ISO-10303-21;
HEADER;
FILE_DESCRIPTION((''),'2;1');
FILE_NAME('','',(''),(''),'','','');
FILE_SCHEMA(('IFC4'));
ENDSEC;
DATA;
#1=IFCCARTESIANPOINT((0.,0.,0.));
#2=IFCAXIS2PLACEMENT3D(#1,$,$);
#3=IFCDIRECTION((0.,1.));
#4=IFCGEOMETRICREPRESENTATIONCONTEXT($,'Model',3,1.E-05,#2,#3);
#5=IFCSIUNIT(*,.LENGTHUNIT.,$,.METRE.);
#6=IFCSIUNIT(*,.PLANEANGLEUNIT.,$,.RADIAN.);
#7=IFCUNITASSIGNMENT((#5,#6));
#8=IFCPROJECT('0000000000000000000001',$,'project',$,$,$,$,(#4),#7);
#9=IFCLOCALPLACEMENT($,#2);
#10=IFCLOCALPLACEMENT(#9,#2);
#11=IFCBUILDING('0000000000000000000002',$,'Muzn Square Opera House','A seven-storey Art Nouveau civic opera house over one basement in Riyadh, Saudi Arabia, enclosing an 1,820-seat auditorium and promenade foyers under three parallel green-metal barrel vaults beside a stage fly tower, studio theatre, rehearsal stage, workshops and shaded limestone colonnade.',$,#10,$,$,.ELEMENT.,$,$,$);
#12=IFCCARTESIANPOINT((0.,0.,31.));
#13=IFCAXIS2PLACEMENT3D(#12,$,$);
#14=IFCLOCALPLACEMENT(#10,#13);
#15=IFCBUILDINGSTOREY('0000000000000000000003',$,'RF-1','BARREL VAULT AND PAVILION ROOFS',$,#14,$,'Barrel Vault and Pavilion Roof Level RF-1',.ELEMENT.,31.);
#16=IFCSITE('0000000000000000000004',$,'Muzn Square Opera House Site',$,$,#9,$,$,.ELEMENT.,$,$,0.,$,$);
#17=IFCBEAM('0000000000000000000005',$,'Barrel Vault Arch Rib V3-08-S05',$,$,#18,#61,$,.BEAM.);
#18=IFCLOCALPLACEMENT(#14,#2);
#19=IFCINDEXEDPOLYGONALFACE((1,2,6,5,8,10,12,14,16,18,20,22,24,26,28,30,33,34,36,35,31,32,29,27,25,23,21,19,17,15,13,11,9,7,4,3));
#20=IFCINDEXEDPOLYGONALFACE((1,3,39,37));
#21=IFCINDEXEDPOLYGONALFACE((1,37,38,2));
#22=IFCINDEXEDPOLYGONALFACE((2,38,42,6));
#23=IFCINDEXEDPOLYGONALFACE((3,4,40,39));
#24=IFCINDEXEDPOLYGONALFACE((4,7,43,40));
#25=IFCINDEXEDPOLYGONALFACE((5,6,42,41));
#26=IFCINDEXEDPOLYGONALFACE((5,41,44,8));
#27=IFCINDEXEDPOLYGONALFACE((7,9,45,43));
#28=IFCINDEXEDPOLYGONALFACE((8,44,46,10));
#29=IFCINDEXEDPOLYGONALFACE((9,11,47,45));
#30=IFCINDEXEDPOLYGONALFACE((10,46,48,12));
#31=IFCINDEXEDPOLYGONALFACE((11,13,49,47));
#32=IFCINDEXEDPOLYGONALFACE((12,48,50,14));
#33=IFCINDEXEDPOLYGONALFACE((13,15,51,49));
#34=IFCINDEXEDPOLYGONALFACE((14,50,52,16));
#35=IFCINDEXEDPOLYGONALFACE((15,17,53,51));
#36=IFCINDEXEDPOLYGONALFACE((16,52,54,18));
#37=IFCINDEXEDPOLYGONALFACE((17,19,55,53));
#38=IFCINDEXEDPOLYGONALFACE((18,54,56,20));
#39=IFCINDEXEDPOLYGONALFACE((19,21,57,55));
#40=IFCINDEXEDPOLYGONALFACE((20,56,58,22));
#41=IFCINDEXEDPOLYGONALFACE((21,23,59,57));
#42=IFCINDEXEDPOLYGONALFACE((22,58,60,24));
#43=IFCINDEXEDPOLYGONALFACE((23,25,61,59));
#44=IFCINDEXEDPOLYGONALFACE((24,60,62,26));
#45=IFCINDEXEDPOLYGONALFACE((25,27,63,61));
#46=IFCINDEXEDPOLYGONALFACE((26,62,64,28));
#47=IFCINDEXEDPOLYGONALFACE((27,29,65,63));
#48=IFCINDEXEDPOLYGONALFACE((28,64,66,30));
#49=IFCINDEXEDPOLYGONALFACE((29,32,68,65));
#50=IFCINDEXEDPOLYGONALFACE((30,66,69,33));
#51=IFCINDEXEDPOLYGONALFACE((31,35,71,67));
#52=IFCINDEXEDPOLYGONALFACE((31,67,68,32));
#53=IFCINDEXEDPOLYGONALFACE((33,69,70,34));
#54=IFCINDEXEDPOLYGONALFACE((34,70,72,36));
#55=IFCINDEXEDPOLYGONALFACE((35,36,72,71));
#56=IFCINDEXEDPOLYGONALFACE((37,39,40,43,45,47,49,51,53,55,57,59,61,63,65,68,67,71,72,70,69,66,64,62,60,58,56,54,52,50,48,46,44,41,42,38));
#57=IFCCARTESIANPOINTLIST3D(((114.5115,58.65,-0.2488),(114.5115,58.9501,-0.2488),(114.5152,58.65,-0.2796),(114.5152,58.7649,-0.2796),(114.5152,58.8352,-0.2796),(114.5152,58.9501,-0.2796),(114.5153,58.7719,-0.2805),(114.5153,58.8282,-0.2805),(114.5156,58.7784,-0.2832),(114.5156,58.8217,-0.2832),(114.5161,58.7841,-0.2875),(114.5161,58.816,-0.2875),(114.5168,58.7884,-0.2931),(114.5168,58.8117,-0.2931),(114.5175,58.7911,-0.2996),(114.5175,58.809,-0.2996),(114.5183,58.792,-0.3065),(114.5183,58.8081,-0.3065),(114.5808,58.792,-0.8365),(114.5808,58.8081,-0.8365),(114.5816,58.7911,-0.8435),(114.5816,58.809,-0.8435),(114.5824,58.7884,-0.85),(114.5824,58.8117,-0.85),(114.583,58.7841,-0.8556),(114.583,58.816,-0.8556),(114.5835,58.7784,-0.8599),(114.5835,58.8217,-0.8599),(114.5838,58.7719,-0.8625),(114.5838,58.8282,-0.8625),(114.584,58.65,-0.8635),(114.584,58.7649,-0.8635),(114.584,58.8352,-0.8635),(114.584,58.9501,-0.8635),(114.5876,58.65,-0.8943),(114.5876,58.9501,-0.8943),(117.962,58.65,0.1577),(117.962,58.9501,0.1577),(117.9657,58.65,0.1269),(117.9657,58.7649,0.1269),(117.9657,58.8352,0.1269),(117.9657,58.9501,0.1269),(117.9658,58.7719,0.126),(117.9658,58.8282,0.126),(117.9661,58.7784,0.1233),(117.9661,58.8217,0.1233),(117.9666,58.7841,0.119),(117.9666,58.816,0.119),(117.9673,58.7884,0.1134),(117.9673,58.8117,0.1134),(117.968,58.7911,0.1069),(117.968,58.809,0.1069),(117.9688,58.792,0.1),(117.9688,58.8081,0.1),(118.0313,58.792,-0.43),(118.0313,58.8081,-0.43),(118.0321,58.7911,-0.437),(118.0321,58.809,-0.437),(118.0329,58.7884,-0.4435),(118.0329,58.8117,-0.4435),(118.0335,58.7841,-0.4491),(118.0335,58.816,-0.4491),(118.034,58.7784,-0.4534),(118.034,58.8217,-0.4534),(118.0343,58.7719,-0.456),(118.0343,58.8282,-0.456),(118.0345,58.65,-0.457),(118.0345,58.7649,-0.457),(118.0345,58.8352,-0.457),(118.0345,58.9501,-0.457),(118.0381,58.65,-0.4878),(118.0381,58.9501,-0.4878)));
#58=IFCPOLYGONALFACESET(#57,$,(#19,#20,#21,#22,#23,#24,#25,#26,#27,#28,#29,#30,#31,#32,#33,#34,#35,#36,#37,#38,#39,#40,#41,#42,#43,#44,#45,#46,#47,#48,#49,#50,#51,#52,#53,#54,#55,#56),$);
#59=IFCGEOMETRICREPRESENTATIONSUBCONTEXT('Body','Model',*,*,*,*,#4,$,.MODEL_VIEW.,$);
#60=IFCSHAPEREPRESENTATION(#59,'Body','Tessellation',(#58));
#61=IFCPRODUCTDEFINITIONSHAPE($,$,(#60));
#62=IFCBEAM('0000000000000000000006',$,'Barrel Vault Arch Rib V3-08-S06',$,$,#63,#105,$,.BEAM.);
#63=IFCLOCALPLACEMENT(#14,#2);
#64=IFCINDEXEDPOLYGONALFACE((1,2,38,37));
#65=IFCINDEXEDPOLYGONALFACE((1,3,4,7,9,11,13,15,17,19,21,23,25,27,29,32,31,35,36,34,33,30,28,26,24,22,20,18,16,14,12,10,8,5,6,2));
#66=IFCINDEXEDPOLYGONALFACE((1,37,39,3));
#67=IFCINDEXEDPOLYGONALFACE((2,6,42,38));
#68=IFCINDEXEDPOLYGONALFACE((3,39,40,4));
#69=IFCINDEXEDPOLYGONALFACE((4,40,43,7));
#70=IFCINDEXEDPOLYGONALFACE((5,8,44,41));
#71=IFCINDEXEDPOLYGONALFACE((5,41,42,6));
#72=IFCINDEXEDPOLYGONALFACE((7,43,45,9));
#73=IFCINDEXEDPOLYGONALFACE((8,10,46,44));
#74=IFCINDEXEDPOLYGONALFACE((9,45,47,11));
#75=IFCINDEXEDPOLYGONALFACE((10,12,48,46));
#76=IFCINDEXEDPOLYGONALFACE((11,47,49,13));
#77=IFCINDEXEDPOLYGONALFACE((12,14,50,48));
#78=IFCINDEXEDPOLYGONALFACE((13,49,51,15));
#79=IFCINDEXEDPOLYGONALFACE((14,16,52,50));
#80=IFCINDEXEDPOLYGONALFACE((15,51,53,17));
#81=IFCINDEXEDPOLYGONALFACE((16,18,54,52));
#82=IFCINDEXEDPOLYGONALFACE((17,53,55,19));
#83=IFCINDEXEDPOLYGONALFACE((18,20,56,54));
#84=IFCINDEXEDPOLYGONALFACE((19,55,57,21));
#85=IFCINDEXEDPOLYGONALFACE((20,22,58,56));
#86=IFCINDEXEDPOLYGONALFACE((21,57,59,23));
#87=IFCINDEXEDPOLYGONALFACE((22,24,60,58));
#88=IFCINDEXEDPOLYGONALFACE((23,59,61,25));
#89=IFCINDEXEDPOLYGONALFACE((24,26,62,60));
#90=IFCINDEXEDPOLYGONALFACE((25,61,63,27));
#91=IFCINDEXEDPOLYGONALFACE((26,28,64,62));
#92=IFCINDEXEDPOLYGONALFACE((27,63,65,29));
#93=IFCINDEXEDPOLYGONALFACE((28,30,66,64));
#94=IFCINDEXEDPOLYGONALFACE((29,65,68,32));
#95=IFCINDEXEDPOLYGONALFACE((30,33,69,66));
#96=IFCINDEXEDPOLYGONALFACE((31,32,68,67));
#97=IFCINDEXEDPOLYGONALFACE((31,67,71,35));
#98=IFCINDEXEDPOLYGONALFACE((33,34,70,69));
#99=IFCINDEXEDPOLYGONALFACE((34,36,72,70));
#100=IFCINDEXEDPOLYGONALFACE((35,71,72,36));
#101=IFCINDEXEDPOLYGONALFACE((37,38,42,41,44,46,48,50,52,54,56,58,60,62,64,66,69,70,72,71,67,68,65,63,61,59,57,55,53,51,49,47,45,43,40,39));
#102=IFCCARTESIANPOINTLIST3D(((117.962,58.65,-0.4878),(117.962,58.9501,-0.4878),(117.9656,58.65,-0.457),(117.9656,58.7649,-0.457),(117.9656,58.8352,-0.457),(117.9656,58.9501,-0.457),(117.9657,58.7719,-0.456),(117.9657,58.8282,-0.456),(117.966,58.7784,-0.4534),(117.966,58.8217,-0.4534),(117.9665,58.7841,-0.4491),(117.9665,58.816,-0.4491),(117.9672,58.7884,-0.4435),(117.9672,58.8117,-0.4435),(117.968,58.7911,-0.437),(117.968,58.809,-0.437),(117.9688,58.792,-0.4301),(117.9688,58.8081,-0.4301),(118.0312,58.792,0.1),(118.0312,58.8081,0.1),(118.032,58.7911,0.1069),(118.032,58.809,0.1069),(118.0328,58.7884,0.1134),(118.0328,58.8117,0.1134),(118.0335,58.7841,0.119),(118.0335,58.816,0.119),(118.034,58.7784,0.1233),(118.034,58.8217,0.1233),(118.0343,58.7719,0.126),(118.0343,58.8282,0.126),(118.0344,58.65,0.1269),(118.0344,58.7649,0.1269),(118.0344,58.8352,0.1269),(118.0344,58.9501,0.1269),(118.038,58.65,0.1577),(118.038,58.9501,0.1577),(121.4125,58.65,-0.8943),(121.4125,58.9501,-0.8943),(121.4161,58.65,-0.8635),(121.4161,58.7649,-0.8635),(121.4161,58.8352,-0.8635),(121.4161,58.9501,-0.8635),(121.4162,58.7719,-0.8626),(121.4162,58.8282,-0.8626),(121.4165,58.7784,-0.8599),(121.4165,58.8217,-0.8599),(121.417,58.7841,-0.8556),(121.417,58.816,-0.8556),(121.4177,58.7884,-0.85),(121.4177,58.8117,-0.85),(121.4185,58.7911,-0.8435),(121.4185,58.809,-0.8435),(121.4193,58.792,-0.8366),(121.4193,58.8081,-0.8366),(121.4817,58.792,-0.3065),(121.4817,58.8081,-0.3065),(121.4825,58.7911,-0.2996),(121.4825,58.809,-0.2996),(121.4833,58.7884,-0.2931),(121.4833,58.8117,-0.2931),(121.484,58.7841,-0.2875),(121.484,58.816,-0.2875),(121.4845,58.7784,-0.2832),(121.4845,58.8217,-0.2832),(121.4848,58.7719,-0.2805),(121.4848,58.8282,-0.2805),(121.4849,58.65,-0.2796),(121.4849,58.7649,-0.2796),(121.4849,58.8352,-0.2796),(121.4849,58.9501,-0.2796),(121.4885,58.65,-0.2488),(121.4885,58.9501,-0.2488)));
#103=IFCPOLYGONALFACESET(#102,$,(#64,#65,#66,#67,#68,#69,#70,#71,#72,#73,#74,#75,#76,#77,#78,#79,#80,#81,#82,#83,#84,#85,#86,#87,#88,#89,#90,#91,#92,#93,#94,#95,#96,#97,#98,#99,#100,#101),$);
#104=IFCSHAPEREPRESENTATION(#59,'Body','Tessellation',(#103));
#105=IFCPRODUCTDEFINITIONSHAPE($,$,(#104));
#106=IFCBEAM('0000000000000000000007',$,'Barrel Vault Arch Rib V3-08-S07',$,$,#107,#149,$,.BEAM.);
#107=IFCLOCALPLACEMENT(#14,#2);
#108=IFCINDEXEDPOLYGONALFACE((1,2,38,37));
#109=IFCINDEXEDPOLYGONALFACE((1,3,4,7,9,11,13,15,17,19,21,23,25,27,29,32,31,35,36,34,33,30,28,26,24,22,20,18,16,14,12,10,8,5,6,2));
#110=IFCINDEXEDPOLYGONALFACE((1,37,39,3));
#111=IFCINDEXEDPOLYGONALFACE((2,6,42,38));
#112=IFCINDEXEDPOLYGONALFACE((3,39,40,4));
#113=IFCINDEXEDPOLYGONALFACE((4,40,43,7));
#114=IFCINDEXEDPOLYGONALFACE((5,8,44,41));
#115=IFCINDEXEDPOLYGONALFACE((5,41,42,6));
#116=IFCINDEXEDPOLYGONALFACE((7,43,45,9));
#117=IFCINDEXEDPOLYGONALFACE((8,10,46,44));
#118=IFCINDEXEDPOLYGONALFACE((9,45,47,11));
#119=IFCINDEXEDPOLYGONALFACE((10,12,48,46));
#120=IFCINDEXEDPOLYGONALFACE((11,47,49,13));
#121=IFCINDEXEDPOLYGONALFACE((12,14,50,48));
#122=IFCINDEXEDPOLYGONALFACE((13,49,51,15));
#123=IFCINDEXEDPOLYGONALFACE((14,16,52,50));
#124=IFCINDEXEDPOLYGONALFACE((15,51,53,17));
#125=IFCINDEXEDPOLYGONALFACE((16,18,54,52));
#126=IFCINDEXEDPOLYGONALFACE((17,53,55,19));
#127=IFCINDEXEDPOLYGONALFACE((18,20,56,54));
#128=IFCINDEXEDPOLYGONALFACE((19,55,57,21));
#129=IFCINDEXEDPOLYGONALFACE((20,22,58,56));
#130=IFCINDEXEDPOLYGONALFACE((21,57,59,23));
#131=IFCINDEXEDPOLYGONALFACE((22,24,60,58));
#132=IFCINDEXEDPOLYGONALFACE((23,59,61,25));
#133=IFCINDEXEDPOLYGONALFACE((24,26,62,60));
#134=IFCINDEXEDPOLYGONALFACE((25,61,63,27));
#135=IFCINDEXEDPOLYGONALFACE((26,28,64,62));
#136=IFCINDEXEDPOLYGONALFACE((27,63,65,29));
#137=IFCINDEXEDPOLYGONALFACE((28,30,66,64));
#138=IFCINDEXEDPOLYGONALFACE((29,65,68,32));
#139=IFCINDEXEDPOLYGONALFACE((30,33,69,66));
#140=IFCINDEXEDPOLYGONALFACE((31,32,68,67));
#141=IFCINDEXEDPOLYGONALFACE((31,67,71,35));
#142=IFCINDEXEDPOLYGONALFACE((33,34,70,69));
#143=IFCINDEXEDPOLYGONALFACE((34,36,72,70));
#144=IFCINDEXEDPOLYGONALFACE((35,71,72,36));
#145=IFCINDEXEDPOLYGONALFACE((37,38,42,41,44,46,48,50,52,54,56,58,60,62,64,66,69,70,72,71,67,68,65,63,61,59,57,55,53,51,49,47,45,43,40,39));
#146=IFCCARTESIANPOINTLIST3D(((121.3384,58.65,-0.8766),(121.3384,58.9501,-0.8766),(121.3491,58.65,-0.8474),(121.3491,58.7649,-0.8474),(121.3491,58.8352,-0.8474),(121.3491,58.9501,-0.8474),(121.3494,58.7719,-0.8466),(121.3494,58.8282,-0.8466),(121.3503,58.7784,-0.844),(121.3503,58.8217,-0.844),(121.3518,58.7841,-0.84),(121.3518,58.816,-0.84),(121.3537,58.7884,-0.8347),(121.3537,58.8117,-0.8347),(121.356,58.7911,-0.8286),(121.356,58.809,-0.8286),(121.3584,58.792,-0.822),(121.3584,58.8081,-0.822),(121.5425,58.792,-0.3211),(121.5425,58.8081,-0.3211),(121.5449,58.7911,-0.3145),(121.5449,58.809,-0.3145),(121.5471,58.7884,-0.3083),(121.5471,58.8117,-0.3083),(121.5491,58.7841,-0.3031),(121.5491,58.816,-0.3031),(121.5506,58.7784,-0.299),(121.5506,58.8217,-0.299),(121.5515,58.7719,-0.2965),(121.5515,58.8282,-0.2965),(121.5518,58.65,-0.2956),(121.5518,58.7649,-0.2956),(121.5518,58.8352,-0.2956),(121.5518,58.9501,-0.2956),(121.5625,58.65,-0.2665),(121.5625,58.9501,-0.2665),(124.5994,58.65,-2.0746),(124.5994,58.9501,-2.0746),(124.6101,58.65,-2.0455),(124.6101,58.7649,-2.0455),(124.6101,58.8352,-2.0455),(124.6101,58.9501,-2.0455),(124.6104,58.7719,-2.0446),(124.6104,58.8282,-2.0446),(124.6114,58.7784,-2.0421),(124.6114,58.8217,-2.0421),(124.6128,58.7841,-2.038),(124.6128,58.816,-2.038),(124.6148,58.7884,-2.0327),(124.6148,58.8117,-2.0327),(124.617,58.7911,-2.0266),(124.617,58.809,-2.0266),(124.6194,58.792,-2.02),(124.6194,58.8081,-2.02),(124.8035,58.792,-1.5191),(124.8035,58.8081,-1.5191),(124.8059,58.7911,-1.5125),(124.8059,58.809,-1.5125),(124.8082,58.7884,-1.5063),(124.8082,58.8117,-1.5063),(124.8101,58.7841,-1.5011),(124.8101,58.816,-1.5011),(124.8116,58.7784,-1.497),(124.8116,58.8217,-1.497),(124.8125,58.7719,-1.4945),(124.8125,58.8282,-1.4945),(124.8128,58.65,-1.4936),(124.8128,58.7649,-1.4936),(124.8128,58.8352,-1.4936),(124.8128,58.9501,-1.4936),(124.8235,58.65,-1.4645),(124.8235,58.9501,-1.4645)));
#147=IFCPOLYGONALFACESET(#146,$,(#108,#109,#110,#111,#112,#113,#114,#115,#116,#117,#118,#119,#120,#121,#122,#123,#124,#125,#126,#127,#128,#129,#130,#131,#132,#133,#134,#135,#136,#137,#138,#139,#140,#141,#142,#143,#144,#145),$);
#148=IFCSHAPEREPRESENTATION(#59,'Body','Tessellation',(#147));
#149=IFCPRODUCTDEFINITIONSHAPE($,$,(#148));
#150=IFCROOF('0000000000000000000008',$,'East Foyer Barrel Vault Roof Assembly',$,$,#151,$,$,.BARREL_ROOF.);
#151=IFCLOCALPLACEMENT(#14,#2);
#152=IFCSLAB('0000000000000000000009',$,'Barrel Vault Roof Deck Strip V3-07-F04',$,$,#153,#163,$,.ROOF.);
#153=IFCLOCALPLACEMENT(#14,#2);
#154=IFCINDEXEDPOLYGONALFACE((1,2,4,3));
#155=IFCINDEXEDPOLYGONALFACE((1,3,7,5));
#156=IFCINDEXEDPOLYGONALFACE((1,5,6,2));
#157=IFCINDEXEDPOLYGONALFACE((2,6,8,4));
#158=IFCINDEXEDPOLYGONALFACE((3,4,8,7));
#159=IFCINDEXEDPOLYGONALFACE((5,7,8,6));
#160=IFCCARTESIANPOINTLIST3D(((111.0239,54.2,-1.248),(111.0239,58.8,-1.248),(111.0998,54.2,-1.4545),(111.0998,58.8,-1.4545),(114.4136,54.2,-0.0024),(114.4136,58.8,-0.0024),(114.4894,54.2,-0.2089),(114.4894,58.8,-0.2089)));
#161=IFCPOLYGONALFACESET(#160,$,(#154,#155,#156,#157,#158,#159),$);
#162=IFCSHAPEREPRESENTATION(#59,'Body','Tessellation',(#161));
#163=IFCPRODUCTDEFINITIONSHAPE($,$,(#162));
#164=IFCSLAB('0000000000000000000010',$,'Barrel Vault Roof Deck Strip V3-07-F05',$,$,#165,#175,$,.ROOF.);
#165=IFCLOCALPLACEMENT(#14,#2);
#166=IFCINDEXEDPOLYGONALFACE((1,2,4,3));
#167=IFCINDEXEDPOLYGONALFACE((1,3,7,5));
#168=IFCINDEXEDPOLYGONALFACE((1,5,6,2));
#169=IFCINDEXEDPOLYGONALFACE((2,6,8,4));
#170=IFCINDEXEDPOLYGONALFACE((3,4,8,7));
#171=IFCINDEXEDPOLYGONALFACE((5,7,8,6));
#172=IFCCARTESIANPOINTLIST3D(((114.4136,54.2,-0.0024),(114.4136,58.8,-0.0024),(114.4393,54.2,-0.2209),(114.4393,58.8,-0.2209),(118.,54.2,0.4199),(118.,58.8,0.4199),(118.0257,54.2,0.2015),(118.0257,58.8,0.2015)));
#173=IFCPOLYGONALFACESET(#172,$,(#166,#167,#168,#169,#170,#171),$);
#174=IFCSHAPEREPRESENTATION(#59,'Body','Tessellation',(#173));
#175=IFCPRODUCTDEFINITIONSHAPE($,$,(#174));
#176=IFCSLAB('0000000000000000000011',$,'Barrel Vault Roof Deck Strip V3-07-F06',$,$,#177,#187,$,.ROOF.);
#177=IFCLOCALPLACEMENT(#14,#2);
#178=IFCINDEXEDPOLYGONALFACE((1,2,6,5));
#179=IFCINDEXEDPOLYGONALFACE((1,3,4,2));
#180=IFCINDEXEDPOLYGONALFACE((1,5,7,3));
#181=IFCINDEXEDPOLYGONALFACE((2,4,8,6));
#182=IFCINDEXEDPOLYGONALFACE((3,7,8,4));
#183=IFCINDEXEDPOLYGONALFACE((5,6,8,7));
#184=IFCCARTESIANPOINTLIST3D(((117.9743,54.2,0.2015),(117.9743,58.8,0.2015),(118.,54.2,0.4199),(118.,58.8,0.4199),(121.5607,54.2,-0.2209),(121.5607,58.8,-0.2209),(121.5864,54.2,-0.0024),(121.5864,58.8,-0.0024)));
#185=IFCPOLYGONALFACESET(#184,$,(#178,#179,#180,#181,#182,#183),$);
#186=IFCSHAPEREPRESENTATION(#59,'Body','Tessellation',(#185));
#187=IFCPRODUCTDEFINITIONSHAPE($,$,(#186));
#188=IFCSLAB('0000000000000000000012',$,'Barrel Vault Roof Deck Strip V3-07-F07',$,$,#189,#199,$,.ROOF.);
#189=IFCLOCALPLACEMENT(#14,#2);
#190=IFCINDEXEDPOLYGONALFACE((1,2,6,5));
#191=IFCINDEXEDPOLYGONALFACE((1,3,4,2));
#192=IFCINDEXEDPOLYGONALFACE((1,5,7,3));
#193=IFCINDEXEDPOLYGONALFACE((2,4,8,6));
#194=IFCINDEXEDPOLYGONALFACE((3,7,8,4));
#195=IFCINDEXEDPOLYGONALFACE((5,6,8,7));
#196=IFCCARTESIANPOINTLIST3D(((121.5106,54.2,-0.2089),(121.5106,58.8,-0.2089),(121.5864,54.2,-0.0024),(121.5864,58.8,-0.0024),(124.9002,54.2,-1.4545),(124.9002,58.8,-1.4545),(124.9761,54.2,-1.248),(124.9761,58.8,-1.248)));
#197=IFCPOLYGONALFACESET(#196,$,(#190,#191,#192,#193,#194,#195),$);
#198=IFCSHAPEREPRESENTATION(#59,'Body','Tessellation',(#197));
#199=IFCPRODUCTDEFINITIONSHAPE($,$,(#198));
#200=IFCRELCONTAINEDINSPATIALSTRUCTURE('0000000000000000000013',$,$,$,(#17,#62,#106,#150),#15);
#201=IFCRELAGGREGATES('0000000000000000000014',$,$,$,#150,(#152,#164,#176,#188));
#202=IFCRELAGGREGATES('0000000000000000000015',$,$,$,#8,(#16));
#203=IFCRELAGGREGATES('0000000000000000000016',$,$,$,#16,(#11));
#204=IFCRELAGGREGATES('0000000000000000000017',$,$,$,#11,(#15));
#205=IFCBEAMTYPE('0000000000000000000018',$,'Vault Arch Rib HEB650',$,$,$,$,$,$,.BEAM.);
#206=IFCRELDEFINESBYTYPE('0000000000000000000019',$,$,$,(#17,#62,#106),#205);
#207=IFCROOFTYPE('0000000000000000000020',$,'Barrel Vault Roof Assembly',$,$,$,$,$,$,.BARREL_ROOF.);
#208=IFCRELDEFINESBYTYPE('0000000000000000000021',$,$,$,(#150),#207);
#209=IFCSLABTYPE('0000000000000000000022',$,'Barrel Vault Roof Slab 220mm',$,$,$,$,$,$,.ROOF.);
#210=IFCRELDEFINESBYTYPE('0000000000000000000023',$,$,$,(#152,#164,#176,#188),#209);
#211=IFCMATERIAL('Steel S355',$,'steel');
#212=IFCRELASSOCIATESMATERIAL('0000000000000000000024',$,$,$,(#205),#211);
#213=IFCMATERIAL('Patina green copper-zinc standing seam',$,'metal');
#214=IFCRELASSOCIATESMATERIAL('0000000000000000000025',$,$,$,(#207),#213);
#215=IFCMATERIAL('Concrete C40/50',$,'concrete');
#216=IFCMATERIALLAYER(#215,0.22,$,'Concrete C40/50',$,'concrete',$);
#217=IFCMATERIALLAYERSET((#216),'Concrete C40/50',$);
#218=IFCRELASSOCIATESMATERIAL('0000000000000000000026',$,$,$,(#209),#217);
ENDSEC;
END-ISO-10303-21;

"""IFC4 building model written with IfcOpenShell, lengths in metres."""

from ifc_helpers import new_model, si_unit, direction, frame, origin, origin_2d, place, context, subcontext, project, spatial, polyline, i_section, outline, extrude, material, layer, layer_set, material_profile, profile_set, type_object, element, aggregate, save


model = new_model("IFC4")

# Units and contexts
model_context = context("Model", 3, precision=1e-05, world=origin(), true_north=direction((0.0, 1.0)))
body_context = subcontext(model_context, "Body", "Model", "MODEL_VIEW")
ifc_project = project(units=[si_unit("LENGTHUNIT", "METRE"), si_unit("PLANEANGLEUNIT", "RADIAN")], contexts=[model_context])

# Site, building, storey
site_placement = place(None, origin())
site = spatial("IfcSite", under=ifc_project, at=site_placement, Name="Muzn Square Opera House Site", CompositionType="ELEMENT", RefElevation=0.0)
building_placement = place(site_placement, origin())
building = spatial("IfcBuilding", under=site, at=building_placement, Name="Muzn Square Opera House", Description="A seven-storey Art Nouveau civic opera house over one basement in Riyadh, Saudi Arabia, enclosing an 1,820-seat auditorium and promenade foyers under three parallel green-metal barrel vaults beside a stage fly tower, studio theatre, rehearsal stage, workshops and shaded limestone colonnade.", CompositionType="ELEMENT")
storey_placement = place(building_placement, frame((0.0, 0.0, 31.0)))
storey = spatial("IfcBuildingStorey", under=building, at=storey_placement, Name="RF-1", Description="BARREL VAULT AND PAVILION ROOFS", LongName="Barrel Vault and Pavilion Roof Level RF-1", CompositionType="ELEMENT", Elevation=31.0)

# Beams
ifc_material_1 = material(Name="Steel S355", Category="steel")
ifc_material_profile_1 = material_profile(ifc_material_1, i_section(OverallWidth=0.3, OverallDepth=0.6499, WebThickness=0.0161, FlangeThickness=0.031, FilletRadius=0.0271, at=origin_2d()), Name="HEB 650", Category="steel")
ifc_profile_set_1 = profile_set([ifc_material_profile_1], Name="Steel S355")
beam_type_1 = type_object("IfcBeamType", Name="Vault Arch Rib HEB650", PredefinedType="BEAM", material=ifc_profile_set_1)
for number, where, z_axis, x_axis, name in (
    (1, (114.5496, 58.8, -0.5715), (0.993132, 0.0, 0.117), (0.0, 1.0, 0.0), "Barrel Vault Arch Rib V3-08-S05"),
    (2, (118.0, 58.8, -0.165), (0.993132, 0.0, -0.117), (0.0, 1.0, 0.0), "Barrel Vault Arch Rib V3-08-S06"),
):
    element("IfcBeam", number, at=place(storey_placement, frame(where, z_axis=z_axis, x_axis=x_axis)), inside=storey, type_object=beam_type_1, Name=name, PredefinedType="BEAM", context=body_context, shape_type="SweptSolid", body=[
        extrude(i_section(OverallWidth=0.3, OverallDepth=0.6499, WebThickness=0.0161, FlangeThickness=0.031, FilletRadius=0.0271, at=origin_2d()), origin(), (0.0, 0.0, 1.0), 3.4744),
    ])
beam_placement = place(storey_placement, frame((121.4504, 58.8, -0.5715), z_axis=(0.938662, 0.0, -0.344839), x_axis=(0.0, 1.0, 0.0)))
element("IfcBeam", 3, at=beam_placement, inside=storey, type_object=beam_type_1, Name="Barrel Vault Arch Rib V3-08-S07", PredefinedType="BEAM", context=body_context, shape_type="SweptSolid", body=[
    extrude(i_section(OverallWidth=0.3, OverallDepth=0.6499, WebThickness=0.0161, FlangeThickness=0.031, FilletRadius=0.0271, at=origin_2d()), origin(), (0.0, 0.0, 1.0), 3.4741),
])

# Roof, slabs
ifc_material_2 = material(Name="Patina green copper-zinc standing seam", Category="metal")
roof_type = type_object("IfcRoofType", Name="Barrel Vault Roof Assembly", PredefinedType="BARREL_ROOF", material=ifc_material_2)
roof_placement = place(storey_placement, origin())
roof = element("IfcRoof", 4, at=roof_placement, inside=storey, type_object=roof_type, Name="East Foyer Barrel Vault Roof Assembly", PredefinedType="BARREL_ROOF")
ifc_material_3 = material(Name="Concrete C40/50", Category="concrete")
ifc_layer_1 = layer(ifc_material_3, 0.22, Name="Concrete C40/50", Category="concrete")
ifc_layer_set_1 = layer_set([ifc_layer_1], Name="Concrete C40/50")
slab_type = type_object("IfcSlabType", Name="Barrel Vault Roof Slab 220mm", PredefinedType="ROOF", material=ifc_layer_set_1)
slab_1_placement = place(storey_placement, frame((114.4136, 54.2, -0.0024), z_axis=(-0.344922, 0.0, 0.938631), x_axis=(0.0, 1.0, 0.0)))
slab_1 = element("IfcSlab", 5, at=slab_1_placement, type_object=slab_type, Name="Barrel Vault Roof Deck Strip V3-07-F04", PredefinedType="ROOF", context=body_context, shape_type="SweptSolid", body=[
    extrude(outline(polyline([(0.0, 3.6113), (0.0, 0.0), (4.6001, 0.0), (4.6001, 3.6113), (0.0, 3.6113)])), origin(), (0.0, 0.0, -1.0), 0.22),
])
slab_2_placement = place(storey_placement, frame((118.0, 54.2, 0.4199), z_axis=(-0.116959, 0.0, 0.993137), x_axis=(0.0, 1.0, 0.0)))
slab_2 = element("IfcSlab", 6, at=slab_2_placement, type_object=slab_type, Name="Barrel Vault Roof Deck Strip V3-07-F05", PredefinedType="ROOF", context=body_context, shape_type="SweptSolid", body=[
    extrude(outline(polyline([(0.0, 3.6112), (0.0, 0.0), (4.6001, 0.0), (4.6001, 3.6112), (0.0, 3.6112)])), origin(), (0.0, 0.0, -1.0), 0.22),
])
slab_3_placement = place(storey_placement, frame((118.0, 54.2, 0.4199), z_axis=(0.116959, 0.0, 0.993137), x_axis=(0.993137, 0.0, -0.116959)))
slab_3 = element("IfcSlab", 7, at=slab_3_placement, type_object=slab_type, Name="Barrel Vault Roof Deck Strip V3-07-F06", PredefinedType="ROOF", context=body_context, shape_type="SweptSolid", body=[
    extrude(outline(polyline([(0.0, 0.0), (3.6112, 0.0), (3.6112, 4.6001), (0.0, 4.6001), (0.0, 0.0)])), origin(), (0.0, 0.0, -1.0), 0.22),
])
slab_4_placement = place(storey_placement, frame((121.5864, 54.2, -0.0024), z_axis=(0.344922, 0.0, 0.938631), x_axis=(0.938631, 0.0, -0.344922)))
slab_4 = element("IfcSlab", 8, at=slab_4_placement, type_object=slab_type, Name="Barrel Vault Roof Deck Strip V3-07-F07", PredefinedType="ROOF", context=body_context, shape_type="SweptSolid", body=[
    extrude(outline(polyline([(0.0, 0.0), (3.6113, 0.0), (3.6113, 4.6001), (0.0, 4.6001), (0.0, 0.0)])), origin(), (0.0, 0.0, -1.0), 0.22),
])
aggregate(roof, [slab_1, slab_2, slab_3, slab_4])

save(model, "model.ifc")
